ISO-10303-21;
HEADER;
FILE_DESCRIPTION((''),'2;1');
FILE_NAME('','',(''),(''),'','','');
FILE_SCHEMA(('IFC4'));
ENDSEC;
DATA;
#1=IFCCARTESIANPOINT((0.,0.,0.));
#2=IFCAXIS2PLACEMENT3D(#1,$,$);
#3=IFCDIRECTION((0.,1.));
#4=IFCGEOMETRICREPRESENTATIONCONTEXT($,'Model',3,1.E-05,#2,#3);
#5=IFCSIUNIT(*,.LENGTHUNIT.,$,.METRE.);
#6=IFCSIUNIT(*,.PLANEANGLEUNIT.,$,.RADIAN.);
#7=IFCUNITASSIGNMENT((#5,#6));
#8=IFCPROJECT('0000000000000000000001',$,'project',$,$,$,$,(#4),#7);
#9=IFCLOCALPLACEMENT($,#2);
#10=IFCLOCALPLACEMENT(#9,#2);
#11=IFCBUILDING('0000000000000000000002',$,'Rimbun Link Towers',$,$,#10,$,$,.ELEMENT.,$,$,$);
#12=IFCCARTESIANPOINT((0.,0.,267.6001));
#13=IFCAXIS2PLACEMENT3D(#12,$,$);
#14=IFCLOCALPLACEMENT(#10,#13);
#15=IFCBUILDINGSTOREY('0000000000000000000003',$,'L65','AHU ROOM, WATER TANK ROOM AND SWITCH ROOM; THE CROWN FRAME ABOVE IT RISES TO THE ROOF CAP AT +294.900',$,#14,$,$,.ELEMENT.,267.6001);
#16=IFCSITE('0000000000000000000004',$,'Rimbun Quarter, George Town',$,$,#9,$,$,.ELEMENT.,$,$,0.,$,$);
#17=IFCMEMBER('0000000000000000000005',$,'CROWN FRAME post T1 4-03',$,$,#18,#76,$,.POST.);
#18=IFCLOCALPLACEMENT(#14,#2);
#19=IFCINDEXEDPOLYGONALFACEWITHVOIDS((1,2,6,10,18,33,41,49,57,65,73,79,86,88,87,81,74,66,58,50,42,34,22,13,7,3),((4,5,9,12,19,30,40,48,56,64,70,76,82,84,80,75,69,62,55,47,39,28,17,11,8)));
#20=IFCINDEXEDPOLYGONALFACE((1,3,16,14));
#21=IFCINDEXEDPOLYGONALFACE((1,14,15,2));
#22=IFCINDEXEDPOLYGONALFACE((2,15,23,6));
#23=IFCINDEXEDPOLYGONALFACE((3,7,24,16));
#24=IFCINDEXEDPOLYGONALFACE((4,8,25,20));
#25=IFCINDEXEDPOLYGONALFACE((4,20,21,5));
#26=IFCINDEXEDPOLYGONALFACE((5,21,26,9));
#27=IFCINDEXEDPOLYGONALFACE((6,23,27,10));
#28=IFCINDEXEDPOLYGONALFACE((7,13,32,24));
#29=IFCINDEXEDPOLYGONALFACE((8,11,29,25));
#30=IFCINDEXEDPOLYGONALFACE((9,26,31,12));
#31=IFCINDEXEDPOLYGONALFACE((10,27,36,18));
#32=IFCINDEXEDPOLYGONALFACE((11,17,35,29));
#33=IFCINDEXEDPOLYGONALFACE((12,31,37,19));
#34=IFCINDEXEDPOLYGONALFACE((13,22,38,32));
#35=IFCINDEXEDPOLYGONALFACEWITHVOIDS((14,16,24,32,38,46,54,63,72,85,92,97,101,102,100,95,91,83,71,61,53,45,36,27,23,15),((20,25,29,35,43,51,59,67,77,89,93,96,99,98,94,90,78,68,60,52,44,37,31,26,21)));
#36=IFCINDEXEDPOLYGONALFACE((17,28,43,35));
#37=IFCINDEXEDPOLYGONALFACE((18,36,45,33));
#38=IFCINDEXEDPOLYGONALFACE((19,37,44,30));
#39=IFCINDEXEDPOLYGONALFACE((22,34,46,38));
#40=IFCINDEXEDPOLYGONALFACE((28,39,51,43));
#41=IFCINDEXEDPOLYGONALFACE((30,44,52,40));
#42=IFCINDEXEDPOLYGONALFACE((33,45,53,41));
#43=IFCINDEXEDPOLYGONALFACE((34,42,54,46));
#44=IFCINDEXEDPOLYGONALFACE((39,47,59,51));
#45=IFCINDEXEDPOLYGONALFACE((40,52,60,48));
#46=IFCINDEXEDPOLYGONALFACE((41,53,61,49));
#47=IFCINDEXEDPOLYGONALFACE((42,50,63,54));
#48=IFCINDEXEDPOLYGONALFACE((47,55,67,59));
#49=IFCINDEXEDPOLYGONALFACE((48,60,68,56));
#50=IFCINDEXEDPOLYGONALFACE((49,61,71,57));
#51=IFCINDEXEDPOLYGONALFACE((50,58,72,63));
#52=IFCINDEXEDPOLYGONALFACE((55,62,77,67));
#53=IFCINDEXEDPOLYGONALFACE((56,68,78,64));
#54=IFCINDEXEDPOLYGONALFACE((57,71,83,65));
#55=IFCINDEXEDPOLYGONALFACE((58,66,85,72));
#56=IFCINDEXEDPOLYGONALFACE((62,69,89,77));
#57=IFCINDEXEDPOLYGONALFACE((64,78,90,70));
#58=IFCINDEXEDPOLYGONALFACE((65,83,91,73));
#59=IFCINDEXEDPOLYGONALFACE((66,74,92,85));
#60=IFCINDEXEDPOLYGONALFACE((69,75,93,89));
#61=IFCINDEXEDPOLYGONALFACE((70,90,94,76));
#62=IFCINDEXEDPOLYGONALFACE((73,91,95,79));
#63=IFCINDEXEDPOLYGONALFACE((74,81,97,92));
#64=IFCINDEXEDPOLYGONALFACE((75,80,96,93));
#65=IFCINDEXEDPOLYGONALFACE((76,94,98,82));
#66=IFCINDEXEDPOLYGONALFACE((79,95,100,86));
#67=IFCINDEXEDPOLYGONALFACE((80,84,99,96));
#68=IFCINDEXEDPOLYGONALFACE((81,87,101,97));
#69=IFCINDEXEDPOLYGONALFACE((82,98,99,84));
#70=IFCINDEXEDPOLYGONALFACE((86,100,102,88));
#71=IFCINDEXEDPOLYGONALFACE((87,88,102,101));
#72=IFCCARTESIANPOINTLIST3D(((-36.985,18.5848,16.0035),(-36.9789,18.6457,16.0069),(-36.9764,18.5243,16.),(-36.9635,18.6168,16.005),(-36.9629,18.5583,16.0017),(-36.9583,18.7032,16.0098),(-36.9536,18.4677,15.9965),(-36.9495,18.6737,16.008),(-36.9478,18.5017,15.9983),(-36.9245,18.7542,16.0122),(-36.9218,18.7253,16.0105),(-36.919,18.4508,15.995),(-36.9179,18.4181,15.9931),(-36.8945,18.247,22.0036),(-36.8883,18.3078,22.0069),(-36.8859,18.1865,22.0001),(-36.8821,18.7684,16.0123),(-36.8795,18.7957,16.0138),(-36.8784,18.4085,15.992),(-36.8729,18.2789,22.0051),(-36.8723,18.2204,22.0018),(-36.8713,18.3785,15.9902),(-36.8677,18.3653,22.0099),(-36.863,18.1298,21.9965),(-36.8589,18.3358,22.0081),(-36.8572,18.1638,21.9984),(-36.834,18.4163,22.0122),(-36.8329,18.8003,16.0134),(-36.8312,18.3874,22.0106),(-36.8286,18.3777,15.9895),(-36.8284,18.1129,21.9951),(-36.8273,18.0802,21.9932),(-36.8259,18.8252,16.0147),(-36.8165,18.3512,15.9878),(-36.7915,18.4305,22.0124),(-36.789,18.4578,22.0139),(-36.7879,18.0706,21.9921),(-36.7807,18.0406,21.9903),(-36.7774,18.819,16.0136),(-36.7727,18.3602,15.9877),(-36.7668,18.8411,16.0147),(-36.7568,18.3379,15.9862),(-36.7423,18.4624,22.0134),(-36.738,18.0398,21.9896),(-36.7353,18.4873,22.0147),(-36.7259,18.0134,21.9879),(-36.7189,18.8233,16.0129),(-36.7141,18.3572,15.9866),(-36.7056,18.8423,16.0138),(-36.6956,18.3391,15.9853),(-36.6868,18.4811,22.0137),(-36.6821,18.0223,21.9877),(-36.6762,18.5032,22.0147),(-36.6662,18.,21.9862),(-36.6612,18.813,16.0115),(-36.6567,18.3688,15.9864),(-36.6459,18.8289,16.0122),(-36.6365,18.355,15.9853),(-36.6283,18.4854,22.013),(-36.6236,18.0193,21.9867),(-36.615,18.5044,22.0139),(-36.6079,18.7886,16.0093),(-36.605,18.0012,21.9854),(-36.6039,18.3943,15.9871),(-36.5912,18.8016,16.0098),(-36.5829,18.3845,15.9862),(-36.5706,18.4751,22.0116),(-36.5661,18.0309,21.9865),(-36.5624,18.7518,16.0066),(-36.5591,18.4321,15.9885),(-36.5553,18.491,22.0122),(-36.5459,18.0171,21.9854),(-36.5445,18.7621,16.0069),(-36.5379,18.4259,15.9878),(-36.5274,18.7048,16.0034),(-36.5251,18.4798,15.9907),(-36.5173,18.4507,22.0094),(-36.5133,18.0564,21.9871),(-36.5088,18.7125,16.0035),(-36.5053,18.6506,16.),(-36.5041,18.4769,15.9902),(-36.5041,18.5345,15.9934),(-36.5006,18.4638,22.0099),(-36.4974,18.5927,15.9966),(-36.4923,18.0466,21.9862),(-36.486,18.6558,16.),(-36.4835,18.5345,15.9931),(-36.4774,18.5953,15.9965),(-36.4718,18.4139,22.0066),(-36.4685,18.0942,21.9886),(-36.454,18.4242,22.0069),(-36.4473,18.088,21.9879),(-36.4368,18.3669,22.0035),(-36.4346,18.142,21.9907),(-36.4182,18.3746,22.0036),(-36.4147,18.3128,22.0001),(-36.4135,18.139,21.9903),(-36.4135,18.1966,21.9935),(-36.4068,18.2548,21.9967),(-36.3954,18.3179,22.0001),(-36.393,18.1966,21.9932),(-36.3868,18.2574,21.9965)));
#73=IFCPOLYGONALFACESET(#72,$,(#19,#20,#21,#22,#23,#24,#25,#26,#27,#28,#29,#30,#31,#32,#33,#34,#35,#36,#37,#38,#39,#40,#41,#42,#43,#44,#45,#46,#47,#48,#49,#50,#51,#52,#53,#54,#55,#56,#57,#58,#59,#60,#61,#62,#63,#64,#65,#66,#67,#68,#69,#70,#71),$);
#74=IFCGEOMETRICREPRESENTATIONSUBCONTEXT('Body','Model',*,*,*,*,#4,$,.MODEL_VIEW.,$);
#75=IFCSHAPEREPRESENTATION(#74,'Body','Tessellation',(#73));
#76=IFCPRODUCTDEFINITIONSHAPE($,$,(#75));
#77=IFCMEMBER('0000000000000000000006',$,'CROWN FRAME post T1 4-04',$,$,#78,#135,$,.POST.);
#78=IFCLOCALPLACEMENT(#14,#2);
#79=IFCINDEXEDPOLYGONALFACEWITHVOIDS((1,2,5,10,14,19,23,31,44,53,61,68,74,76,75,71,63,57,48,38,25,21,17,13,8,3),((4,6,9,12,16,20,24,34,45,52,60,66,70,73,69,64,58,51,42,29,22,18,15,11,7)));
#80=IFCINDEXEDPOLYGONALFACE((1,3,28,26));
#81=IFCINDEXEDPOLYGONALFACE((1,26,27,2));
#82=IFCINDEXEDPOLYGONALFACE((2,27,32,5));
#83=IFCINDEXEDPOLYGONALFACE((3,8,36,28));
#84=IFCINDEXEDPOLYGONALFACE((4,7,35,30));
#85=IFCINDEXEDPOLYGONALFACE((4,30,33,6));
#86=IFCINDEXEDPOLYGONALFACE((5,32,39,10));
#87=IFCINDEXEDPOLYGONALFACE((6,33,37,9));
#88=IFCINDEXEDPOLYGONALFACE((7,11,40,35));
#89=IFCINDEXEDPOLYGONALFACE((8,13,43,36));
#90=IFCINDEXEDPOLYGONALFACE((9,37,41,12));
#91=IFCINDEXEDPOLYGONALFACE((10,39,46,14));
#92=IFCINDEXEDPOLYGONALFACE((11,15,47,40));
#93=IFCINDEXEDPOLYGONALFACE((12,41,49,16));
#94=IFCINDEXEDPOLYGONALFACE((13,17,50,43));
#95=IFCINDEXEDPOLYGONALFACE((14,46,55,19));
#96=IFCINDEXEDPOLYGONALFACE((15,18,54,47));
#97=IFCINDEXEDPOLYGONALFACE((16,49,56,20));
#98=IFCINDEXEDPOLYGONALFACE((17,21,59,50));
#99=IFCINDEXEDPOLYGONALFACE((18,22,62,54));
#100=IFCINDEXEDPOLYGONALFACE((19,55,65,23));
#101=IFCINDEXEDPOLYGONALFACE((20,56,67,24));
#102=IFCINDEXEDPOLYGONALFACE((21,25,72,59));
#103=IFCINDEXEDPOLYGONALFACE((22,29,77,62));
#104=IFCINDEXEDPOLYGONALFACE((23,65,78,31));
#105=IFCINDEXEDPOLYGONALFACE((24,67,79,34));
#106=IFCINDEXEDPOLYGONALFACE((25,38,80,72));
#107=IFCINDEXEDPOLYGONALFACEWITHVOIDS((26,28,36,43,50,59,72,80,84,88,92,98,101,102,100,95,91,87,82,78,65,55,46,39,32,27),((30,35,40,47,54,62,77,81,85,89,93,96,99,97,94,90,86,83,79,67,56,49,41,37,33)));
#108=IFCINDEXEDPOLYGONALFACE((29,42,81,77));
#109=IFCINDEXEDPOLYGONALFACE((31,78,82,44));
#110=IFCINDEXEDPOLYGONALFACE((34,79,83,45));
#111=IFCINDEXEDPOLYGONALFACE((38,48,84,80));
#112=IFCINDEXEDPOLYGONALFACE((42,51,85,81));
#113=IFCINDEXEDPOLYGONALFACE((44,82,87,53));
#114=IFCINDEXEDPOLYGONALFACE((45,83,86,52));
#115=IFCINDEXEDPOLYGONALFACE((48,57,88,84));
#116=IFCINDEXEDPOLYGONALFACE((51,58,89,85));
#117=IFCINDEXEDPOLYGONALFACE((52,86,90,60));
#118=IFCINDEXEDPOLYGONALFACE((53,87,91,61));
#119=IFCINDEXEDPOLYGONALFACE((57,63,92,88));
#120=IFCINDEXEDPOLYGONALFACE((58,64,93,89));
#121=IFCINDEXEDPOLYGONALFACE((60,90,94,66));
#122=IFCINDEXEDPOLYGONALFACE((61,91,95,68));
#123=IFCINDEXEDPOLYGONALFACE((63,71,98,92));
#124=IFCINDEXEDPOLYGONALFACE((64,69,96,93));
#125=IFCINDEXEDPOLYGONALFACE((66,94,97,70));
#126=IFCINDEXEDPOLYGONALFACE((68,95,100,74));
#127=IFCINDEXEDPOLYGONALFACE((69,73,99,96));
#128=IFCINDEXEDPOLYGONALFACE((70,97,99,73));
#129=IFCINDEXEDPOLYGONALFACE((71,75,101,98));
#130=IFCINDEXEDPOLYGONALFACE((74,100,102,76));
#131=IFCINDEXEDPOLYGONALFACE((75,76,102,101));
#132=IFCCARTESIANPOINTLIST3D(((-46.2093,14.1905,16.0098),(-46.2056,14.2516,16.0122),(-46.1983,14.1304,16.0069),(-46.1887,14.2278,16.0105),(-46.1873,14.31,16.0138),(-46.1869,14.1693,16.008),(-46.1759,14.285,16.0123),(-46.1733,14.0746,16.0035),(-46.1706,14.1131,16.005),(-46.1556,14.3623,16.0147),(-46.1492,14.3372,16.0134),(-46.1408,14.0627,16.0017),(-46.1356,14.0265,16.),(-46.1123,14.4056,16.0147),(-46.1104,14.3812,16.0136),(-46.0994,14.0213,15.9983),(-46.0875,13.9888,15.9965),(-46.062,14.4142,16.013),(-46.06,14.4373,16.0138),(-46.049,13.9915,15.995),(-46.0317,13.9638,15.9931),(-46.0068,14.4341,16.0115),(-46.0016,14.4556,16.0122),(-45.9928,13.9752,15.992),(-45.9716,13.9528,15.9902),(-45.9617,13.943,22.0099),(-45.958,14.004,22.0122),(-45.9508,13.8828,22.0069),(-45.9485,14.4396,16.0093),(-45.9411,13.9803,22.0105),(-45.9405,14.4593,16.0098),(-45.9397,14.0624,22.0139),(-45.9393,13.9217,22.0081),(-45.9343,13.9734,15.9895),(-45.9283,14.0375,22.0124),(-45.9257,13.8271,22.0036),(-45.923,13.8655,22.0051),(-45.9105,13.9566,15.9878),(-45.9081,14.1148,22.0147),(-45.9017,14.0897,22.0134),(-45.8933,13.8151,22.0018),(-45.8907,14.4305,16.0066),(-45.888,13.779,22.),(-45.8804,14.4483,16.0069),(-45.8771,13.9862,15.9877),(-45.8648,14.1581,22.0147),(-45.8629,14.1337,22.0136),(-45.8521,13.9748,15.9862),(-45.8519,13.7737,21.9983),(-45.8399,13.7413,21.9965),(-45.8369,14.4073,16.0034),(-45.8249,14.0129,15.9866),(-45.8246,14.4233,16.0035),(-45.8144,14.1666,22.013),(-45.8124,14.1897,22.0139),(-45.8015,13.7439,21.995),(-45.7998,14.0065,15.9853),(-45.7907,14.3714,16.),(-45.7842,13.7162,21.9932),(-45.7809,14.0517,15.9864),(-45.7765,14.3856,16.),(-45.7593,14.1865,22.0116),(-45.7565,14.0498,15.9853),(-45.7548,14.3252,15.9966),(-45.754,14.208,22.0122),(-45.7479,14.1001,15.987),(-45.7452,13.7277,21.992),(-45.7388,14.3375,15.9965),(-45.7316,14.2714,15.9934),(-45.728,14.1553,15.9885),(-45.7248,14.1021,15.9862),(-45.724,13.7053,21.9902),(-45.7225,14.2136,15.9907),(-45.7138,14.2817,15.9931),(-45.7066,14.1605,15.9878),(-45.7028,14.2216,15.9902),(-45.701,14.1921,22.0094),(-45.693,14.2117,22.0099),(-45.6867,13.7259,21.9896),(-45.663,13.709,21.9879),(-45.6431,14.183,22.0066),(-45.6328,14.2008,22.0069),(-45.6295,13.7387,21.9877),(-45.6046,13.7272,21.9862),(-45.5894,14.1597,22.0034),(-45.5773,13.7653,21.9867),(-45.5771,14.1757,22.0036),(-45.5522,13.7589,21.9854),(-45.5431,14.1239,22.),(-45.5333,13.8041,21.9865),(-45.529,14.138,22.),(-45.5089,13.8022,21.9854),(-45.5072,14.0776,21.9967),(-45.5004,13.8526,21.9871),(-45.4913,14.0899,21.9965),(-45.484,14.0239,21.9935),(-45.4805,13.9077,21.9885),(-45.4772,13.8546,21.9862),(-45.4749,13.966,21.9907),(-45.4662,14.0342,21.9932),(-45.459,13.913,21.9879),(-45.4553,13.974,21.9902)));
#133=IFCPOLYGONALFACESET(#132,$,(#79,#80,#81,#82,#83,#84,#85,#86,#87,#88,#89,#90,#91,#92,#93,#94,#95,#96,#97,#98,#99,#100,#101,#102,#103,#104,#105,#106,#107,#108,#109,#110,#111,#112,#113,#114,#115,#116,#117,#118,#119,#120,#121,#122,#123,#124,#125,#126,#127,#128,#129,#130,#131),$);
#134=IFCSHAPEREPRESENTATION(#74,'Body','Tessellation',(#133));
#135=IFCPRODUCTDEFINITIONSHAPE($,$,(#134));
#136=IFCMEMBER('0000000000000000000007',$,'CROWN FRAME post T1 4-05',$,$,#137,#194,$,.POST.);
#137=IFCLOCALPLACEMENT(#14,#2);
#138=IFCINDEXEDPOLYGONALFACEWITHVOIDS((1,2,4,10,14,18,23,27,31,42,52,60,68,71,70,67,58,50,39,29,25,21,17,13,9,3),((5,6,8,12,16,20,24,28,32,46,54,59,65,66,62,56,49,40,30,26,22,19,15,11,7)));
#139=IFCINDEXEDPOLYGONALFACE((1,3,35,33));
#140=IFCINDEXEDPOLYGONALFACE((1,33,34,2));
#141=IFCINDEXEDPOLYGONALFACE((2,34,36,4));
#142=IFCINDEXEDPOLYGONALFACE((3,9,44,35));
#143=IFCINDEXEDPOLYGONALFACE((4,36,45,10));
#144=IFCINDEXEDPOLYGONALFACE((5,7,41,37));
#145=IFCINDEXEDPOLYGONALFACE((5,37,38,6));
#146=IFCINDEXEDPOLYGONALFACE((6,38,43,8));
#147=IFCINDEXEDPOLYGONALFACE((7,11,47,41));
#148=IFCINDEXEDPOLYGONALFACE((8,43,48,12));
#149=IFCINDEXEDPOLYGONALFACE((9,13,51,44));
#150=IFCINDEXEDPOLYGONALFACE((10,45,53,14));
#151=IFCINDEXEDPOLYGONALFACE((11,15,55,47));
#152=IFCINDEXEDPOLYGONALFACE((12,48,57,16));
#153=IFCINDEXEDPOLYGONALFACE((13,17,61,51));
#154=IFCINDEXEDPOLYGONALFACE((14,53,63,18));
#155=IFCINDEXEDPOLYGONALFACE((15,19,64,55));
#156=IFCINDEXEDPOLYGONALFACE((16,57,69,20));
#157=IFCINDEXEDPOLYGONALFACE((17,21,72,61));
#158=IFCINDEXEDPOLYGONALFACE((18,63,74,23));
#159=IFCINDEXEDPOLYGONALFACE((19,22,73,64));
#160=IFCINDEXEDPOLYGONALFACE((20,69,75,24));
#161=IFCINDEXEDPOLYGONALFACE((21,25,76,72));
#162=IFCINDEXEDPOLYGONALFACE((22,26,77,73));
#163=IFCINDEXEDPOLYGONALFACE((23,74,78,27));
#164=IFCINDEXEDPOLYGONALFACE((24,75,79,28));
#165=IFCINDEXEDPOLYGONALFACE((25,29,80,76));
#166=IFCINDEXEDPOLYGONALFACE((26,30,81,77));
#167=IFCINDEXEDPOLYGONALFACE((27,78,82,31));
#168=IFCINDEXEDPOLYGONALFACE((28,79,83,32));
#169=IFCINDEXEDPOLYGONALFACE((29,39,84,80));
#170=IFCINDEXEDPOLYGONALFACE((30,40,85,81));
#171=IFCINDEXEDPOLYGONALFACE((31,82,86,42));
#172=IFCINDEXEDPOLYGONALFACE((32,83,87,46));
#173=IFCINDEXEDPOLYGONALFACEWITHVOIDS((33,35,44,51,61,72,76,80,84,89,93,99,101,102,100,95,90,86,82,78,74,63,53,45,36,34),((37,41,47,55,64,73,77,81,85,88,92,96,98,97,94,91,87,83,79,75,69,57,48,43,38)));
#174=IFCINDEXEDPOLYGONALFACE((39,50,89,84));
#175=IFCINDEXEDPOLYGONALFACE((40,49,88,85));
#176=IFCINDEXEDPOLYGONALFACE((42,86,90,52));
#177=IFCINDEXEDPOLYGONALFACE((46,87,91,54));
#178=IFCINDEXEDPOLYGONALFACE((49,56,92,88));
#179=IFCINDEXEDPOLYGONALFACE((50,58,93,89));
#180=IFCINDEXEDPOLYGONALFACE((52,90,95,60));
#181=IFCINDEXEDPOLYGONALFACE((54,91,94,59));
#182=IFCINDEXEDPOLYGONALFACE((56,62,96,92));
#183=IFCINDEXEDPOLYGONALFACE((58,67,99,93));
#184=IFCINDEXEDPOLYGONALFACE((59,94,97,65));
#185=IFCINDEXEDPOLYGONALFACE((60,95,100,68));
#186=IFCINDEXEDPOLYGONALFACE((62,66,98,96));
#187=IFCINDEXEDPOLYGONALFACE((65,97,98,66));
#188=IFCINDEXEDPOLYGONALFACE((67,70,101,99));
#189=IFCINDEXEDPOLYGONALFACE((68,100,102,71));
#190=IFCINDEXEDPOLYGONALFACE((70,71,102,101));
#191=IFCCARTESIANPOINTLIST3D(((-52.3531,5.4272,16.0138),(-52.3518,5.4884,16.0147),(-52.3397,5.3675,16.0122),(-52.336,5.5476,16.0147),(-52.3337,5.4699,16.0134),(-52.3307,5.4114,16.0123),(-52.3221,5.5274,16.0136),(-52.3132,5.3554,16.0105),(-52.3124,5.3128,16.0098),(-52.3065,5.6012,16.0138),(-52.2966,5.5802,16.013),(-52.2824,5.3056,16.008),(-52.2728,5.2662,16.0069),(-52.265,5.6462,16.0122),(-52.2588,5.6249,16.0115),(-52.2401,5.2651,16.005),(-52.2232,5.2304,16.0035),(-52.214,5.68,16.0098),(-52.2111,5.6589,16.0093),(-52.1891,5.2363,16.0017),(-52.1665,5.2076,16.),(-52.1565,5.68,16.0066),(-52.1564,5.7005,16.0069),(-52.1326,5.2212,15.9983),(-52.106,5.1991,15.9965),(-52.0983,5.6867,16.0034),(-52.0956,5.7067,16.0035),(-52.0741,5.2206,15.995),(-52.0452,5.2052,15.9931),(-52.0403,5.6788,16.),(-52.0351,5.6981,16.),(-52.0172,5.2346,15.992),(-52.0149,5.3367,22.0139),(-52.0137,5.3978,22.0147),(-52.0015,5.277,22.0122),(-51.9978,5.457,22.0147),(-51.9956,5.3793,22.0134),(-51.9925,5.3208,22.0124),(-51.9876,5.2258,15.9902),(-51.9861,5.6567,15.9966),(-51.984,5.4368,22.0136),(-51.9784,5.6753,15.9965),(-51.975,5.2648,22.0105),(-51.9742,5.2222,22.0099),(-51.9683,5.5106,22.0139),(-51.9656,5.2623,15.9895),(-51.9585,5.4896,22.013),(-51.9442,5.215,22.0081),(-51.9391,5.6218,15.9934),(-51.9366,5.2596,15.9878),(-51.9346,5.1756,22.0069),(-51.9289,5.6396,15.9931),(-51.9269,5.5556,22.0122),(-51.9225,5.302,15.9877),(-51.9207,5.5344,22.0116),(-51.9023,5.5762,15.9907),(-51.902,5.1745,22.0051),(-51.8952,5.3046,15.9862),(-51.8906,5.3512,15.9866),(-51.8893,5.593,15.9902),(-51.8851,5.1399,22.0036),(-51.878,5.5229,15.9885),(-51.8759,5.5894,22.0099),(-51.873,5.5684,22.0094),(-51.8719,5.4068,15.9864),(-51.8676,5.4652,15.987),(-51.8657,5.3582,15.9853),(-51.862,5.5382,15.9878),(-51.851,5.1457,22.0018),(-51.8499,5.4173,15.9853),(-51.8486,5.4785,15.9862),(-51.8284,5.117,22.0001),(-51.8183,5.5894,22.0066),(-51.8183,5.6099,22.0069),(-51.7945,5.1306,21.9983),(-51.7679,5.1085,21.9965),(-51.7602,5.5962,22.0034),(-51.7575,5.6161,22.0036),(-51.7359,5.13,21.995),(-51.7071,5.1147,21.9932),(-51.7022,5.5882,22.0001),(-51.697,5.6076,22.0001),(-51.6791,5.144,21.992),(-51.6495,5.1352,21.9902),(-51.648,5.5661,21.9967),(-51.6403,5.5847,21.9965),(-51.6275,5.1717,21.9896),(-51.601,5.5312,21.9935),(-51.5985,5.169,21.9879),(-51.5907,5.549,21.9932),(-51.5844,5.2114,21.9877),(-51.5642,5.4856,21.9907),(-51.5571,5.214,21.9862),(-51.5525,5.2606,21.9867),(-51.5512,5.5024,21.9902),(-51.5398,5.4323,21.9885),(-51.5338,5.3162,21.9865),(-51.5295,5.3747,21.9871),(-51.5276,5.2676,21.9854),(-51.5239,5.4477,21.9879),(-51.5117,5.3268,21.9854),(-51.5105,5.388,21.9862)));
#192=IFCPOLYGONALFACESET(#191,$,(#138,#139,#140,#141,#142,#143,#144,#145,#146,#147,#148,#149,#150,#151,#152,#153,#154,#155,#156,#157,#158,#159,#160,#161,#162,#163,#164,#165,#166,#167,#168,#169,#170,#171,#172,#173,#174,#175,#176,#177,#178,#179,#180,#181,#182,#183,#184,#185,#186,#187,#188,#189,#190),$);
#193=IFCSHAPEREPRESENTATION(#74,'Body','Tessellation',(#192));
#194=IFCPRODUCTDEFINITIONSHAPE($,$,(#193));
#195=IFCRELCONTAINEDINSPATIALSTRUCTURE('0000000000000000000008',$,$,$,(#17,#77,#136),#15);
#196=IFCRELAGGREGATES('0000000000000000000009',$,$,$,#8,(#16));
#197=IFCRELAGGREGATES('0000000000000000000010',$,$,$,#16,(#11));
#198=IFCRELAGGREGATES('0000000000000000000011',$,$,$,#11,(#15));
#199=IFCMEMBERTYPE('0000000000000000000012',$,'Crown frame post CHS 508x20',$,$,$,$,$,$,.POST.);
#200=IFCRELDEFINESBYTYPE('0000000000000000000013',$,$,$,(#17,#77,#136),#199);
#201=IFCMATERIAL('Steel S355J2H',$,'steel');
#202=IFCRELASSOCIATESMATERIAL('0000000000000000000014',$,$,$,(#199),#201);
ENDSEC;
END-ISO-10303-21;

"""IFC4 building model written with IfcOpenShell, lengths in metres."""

from ifc_helpers import new_model, si_unit, direction, frame, origin, origin_2d, place, context, subcontext, project, spatial, hollow_circle, extrude, material, material_profile, profile_set, type_object, element, save


model = new_model("IFC4")

# Units and contexts
model_context = context("Model", 3, precision=1e-05, world=origin(), true_north=direction((0.0, 1.0)))
body_context = subcontext(model_context, "Body", "Model", "MODEL_VIEW")
ifc_project = project(units=[si_unit("LENGTHUNIT", "METRE"), si_unit("PLANEANGLEUNIT", "RADIAN")], contexts=[model_context])

# Site, building, storey
site_placement = place(None, origin())
site = spatial("IfcSite", under=ifc_project, at=site_placement, Name="Rimbun Quarter, George Town", CompositionType="ELEMENT", RefElevation=0.0)
building_placement = place(site_placement, origin())
building = spatial("IfcBuilding", under=site, at=building_placement, Name="Rimbun Link Towers", CompositionType="ELEMENT")
storey_placement = place(building_placement, frame((0.0, 0.0, 267.6001)))
storey = spatial("IfcBuildingStorey", under=building, at=storey_placement, Name="L65", Description="AHU ROOM, WATER TANK ROOM AND SWITCH ROOM; THE CROWN FRAME ABOVE IT RISES TO THE ROOF CAP AT +294.900", CompositionType="ELEMENT", Elevation=267.6001)

# Members
ifc_material_1 = material(Name="Steel S355J2H", Category="steel")
ifc_material_profile_1 = material_profile(ifc_material_1, hollow_circle(Radius=0.2539, WallThickness=0.02, at=origin_2d()), Name="Crown frame post CHS 508x20")
ifc_profile_set_1 = profile_set([ifc_material_profile_1], Name="Steel S355J2H")
member_type_1 = type_object("IfcMemberType", Name="Crown frame post CHS 508x20", PredefinedType="POST", material=ifc_profile_set_1)
for number, where, z_axis, x_axis, name in (
    (1, (-36.7312, 18.5901, 16.0), (0.01507, -0.05622, 0.998305), (0.965898, 0.258922, 0.0), "CROWN FRAME post T1 4-03"),
    (2, (-45.9561, 14.2061, 16.0), (0.04119, -0.04119, 0.998302), (0.707107, 0.707107, 0.0), "CROWN FRAME post T1 4-04"),
    (3, (-52.1008, 5.4529, 16.0), (0.05626, -0.01507, 0.998302), (0.258748, 0.965945, 0.0), "CROWN FRAME post T1 4-05"),
):
    element("IfcMember", number, at=place(storey_placement, frame(where, z_axis=z_axis, x_axis=x_axis)), inside=storey, type_object=member_type_1, Name=name, PredefinedType="POST", context=body_context, shape_type="SweptSolid", body=[
        extrude(hollow_circle(Radius=0.2539, WallThickness=0.02, at=origin_2d()), origin(), (0.0, 0.0, 1.0), 6.0103),
    ])

save(model, "model.ifc")
